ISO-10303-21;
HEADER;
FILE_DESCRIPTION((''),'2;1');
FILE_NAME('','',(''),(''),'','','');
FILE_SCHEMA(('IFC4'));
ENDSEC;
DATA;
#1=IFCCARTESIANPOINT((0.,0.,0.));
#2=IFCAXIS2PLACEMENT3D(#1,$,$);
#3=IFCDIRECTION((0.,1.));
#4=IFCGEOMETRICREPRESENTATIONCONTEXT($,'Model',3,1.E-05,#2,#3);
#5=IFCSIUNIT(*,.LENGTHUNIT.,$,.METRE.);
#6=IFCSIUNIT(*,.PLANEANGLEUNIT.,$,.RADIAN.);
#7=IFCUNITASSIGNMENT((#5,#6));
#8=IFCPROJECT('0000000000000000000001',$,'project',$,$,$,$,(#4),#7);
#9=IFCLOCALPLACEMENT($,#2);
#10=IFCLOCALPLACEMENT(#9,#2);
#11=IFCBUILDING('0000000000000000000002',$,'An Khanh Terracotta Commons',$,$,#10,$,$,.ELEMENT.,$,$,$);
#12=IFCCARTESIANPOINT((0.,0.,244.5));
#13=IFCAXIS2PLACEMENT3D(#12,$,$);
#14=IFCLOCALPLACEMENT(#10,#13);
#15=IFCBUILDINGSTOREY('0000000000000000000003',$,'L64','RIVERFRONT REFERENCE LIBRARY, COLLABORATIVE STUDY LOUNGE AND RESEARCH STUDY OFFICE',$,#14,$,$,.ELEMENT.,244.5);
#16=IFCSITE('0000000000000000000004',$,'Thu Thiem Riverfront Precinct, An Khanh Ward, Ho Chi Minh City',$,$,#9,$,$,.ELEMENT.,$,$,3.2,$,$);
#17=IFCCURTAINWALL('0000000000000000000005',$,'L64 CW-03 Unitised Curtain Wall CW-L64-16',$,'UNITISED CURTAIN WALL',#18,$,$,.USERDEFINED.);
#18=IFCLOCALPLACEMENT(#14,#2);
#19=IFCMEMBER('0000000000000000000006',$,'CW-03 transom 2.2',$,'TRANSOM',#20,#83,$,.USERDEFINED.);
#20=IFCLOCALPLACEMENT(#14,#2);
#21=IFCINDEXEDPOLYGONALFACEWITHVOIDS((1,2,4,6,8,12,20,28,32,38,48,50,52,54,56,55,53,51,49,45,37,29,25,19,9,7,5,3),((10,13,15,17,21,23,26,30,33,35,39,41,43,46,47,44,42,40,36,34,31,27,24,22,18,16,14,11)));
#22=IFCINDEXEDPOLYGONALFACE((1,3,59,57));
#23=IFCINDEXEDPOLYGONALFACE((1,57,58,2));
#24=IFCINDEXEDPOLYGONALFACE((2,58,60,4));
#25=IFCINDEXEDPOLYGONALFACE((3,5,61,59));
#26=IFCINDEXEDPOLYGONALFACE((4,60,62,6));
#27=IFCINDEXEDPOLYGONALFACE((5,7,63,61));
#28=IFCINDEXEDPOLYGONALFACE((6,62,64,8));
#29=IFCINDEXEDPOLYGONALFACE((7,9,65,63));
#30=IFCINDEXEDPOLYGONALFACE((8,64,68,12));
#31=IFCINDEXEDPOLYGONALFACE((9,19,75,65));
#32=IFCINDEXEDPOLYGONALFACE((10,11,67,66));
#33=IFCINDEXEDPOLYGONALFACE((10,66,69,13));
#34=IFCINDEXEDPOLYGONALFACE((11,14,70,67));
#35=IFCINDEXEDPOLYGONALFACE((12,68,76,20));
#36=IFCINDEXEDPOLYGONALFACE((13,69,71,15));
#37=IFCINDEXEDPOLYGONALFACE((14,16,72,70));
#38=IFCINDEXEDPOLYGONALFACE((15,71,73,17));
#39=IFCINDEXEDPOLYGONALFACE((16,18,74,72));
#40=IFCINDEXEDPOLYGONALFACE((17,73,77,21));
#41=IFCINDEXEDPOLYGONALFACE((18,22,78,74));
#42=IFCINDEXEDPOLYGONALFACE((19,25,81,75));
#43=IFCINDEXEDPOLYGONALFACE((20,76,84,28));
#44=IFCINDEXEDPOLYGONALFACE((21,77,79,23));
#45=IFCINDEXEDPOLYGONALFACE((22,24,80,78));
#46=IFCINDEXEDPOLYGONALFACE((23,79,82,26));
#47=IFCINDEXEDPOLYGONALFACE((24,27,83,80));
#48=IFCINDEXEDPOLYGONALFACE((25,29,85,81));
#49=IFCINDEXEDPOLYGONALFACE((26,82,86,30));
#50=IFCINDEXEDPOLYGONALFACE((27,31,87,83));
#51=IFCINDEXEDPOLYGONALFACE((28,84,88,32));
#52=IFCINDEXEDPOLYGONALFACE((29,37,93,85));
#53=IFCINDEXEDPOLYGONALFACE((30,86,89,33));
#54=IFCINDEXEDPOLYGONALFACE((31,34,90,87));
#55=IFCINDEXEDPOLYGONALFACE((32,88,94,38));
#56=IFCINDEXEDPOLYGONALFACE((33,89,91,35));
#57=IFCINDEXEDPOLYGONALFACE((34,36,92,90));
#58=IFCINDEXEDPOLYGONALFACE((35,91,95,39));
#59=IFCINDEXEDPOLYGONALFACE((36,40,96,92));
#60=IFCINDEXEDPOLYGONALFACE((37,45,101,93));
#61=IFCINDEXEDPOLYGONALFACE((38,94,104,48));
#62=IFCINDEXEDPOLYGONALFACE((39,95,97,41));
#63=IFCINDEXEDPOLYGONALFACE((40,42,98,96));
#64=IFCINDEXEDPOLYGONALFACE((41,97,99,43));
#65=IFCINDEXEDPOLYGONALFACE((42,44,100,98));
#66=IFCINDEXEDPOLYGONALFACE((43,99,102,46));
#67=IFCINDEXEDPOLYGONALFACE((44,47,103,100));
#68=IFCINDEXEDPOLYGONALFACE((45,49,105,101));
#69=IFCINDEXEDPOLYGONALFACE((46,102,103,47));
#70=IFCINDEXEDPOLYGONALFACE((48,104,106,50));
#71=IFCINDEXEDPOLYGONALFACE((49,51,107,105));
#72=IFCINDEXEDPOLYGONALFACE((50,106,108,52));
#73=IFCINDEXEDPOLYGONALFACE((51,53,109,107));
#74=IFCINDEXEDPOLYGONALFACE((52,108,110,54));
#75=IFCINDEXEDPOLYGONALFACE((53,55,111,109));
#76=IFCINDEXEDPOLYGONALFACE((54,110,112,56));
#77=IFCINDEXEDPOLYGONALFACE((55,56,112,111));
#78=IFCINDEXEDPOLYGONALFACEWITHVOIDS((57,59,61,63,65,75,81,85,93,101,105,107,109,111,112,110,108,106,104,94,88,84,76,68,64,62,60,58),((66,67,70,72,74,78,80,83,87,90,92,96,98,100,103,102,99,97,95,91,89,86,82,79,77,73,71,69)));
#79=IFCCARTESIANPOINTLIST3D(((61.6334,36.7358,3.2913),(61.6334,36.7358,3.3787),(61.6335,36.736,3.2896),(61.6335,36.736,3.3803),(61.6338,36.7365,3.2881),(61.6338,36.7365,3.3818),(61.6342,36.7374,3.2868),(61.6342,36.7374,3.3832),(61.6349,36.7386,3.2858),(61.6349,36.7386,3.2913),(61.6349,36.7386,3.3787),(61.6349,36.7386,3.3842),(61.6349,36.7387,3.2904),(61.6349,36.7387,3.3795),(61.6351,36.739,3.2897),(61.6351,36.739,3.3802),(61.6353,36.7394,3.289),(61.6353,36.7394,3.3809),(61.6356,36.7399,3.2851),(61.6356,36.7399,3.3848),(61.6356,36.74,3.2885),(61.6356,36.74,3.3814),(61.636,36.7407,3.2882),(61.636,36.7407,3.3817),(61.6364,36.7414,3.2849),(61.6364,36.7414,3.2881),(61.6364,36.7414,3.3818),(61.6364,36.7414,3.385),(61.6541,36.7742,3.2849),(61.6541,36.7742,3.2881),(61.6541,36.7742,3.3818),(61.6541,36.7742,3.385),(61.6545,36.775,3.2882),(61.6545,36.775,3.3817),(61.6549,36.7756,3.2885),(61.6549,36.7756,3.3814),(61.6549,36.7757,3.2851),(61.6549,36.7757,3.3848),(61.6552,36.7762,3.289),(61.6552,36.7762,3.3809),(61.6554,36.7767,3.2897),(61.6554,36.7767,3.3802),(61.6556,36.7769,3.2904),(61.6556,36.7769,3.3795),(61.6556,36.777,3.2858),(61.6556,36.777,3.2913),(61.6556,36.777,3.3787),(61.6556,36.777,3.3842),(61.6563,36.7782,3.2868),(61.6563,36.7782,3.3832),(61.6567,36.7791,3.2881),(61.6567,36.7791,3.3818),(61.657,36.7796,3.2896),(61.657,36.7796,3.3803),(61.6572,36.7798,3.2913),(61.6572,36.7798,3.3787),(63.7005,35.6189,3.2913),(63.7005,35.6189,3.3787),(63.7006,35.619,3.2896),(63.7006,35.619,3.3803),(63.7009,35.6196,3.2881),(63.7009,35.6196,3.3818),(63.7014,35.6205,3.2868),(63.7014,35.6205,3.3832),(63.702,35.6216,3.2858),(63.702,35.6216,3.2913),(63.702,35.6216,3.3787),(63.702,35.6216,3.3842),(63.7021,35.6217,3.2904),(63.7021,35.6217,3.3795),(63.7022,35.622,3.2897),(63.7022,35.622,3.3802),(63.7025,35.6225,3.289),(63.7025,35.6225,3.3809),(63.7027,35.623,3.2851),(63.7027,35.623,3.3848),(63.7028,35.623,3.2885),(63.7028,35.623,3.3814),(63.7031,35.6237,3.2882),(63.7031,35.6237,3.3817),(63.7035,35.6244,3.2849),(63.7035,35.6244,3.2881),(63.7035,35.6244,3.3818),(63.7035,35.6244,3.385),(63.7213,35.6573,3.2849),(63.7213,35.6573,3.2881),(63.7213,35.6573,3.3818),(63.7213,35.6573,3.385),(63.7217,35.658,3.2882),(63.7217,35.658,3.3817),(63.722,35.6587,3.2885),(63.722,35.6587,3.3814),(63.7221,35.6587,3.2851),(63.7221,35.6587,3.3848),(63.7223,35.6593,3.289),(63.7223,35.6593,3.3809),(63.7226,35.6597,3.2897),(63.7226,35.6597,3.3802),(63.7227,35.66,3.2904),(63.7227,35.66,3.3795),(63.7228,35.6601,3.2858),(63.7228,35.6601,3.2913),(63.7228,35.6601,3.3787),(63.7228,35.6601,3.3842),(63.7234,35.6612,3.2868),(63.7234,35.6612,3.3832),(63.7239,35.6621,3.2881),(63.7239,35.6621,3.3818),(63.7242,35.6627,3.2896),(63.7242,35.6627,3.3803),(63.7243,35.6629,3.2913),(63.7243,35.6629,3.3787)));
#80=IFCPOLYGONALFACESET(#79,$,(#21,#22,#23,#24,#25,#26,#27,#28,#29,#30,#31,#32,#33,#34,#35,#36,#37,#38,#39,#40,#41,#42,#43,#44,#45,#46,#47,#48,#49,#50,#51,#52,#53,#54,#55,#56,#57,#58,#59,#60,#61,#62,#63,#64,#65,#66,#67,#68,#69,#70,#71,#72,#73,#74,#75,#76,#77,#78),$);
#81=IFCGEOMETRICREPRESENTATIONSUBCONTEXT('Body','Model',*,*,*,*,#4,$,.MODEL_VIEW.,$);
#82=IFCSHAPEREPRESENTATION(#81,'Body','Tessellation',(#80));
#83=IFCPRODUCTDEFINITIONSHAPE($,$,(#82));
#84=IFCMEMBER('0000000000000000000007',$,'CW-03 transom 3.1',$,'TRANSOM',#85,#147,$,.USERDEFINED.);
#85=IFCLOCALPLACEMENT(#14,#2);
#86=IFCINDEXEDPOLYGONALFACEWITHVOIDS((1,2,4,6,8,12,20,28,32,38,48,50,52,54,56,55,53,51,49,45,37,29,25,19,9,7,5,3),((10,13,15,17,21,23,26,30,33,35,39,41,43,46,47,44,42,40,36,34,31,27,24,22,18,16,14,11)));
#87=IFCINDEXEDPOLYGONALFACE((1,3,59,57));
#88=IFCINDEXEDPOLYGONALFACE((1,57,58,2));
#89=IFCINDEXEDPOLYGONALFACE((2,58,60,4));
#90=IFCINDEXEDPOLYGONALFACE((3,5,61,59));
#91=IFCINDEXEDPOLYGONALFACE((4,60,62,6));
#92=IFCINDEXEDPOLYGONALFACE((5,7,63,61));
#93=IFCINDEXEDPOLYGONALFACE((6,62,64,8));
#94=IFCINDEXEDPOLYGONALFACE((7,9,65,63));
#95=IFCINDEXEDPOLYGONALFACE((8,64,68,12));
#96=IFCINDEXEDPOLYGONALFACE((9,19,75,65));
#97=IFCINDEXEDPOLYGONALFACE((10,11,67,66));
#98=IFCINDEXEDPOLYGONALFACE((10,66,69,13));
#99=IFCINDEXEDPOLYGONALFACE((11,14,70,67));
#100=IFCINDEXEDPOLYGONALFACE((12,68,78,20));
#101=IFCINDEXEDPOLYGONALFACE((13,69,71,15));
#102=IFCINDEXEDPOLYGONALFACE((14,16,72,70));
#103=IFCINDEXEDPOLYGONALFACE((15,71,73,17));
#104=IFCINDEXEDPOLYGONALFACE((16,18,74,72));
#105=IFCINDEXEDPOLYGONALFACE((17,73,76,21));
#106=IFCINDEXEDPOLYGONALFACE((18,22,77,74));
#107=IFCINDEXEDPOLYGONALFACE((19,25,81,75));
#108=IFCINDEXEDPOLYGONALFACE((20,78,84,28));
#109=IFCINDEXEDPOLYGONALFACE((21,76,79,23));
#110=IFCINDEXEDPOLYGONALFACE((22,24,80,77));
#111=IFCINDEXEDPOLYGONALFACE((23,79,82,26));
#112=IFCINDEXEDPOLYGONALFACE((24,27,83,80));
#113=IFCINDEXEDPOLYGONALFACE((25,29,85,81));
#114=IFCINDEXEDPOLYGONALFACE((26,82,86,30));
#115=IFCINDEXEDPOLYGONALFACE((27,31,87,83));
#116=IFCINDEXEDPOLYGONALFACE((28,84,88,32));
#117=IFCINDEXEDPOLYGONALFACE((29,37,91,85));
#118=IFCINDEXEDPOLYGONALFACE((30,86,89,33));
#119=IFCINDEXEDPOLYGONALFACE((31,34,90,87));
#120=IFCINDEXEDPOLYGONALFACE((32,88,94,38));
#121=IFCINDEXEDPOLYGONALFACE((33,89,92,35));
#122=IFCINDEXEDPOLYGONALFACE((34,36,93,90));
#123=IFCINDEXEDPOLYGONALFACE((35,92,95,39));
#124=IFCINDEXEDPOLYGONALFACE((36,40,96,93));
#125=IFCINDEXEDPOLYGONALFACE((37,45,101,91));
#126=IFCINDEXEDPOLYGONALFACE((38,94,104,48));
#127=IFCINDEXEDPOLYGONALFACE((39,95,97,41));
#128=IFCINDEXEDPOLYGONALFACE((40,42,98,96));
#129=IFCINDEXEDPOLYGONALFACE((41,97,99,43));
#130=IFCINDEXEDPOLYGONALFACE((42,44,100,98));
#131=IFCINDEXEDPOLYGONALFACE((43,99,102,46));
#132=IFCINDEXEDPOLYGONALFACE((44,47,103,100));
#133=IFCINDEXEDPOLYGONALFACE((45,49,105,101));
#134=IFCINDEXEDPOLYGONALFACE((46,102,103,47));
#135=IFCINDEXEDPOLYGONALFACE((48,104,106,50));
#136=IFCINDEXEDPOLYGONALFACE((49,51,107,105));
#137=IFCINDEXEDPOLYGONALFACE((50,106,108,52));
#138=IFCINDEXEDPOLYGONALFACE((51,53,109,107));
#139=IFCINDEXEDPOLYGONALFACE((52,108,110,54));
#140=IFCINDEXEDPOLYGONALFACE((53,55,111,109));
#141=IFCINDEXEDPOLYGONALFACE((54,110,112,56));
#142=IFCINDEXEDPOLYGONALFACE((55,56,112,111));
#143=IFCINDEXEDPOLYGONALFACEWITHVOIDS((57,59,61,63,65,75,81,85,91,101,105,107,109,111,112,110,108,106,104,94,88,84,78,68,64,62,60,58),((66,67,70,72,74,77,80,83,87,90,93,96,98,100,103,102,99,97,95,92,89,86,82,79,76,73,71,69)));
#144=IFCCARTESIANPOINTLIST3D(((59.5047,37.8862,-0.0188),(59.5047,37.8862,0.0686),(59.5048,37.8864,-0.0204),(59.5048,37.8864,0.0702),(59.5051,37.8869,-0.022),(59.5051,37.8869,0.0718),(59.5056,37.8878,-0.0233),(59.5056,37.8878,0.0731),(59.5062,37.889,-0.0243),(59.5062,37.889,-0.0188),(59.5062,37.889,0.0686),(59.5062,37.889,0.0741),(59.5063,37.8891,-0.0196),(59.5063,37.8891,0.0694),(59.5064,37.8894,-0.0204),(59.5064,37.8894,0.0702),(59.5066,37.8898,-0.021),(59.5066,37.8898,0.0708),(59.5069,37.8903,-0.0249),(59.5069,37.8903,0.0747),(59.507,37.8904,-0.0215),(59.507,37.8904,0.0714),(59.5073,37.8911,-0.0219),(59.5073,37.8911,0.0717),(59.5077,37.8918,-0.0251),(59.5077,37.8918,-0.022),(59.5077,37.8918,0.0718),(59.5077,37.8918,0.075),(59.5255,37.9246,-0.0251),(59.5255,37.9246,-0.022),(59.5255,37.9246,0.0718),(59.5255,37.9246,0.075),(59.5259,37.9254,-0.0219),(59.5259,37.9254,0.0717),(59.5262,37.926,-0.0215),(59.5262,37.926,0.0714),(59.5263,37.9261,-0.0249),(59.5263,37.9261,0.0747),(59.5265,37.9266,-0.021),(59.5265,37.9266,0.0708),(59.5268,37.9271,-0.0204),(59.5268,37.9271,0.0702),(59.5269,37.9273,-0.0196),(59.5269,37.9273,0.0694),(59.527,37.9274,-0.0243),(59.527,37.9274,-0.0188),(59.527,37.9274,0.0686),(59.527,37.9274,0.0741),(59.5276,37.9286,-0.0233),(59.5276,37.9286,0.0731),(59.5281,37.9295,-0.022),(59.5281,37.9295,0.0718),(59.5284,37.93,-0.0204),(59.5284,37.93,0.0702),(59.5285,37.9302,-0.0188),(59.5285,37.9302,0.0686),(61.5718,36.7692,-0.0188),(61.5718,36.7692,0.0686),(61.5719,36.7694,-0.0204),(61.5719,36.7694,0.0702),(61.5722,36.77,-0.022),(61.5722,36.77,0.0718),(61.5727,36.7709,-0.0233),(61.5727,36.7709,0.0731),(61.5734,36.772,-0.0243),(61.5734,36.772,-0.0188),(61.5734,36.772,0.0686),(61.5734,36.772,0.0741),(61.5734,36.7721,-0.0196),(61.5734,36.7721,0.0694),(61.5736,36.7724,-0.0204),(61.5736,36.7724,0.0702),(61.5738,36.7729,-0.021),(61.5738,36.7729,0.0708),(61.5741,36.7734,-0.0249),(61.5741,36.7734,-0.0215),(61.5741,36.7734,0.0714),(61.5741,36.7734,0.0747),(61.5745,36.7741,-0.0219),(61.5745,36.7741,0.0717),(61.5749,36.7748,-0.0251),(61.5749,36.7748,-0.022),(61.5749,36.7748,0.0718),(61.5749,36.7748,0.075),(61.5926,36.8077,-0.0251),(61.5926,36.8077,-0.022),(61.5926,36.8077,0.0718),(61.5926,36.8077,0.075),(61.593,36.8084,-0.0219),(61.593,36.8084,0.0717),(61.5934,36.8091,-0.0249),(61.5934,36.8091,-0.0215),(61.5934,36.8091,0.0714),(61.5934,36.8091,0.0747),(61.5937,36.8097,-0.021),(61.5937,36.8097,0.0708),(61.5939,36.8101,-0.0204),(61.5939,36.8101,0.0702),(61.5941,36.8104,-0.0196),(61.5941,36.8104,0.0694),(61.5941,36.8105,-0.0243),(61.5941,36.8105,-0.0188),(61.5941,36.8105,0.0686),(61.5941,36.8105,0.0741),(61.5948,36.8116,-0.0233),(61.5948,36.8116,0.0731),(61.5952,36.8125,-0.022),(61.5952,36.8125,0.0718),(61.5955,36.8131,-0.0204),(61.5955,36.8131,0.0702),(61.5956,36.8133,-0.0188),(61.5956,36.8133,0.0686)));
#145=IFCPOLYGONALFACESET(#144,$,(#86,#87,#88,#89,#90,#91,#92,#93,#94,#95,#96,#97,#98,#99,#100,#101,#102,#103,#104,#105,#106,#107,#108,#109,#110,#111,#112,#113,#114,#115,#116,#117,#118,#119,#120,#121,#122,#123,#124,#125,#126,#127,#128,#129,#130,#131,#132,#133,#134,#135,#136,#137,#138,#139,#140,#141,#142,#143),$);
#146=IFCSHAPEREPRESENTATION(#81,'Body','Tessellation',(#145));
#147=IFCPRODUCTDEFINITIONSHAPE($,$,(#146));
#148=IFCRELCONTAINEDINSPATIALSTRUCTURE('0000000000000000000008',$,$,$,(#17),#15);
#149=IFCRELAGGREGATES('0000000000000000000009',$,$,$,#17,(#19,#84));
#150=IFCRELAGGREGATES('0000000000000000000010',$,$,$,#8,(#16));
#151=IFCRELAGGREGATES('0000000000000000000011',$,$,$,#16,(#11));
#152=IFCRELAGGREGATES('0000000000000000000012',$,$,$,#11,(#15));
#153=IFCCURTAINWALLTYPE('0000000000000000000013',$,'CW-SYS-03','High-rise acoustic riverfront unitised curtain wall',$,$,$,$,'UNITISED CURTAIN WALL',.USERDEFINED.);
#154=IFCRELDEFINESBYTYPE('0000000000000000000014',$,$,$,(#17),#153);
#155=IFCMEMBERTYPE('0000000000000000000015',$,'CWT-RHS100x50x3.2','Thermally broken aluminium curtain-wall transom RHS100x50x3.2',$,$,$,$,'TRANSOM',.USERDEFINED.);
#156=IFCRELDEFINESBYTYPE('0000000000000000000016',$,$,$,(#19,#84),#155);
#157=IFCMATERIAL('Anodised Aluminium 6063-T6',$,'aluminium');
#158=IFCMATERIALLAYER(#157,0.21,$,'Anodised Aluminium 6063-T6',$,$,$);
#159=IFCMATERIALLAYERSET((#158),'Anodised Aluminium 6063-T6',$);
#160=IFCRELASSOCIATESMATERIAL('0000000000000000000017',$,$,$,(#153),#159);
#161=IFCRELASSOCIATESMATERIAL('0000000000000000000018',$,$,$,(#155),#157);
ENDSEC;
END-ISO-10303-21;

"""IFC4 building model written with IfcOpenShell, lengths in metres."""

from ifc_helpers import new_model, si_unit, direction, frame, origin, origin_2d, place, context, subcontext, project, spatial, hollow_rectangle, extrude, material, layer, layer_set, material_profile, profile_set, type_object, element, aggregate, save


model = new_model("IFC4")

# Units and contexts
model_context = context("Model", 3, precision=1e-05, world=origin(), true_north=direction((0.0, 1.0)))
body_context = subcontext(model_context, "Body", "Model", "MODEL_VIEW")
ifc_project = project(units=[si_unit("LENGTHUNIT", "METRE"), si_unit("PLANEANGLEUNIT", "RADIAN")], contexts=[model_context])

# Site, building, storey
site_placement = place(None, origin())
site = spatial("IfcSite", under=ifc_project, at=site_placement, Name="Thu Thiem Riverfront Precinct, An Khanh Ward, Ho Chi Minh City", CompositionType="ELEMENT", RefElevation=3.2)
building_placement = place(site_placement, origin())
building = spatial("IfcBuilding", under=site, at=building_placement, Name="An Khanh Terracotta Commons", CompositionType="ELEMENT")
storey_placement = place(building_placement, frame((0.0, 0.0, 244.5)))
storey = spatial("IfcBuildingStorey", under=building, at=storey_placement, Name="L64", Description="RIVERFRONT REFERENCE LIBRARY, COLLABORATIVE STUDY LOUNGE AND RESEARCH STUDY OFFICE", CompositionType="ELEMENT", Elevation=244.5)

# Curtain wall
ifc_material_1 = material(Name="Anodised Aluminium 6063-T6", Category="aluminium")
ifc_layer_1 = layer(ifc_material_1, 0.21, Name="Anodised Aluminium 6063-T6")
ifc_layer_set_1 = layer_set([ifc_layer_1], Name="Anodised Aluminium 6063-T6")
curtain_wall_type = type_object("IfcCurtainWallType", Name="CW-SYS-03", Description="High-rise acoustic riverfront unitised curtain wall", ElementType="UNITISED CURTAIN WALL", PredefinedType="USERDEFINED", material=ifc_layer_set_1)
curtain_wall_1_placement = place(storey_placement, origin())
curtain_wall_1 = element("IfcCurtainWall", 1, at=curtain_wall_1_placement, inside=storey, type_object=curtain_wall_type, Name="L64 CW-03 Unitised Curtain Wall CW-L64-16", ObjectType="UNITISED CURTAIN WALL", PredefinedType="USERDEFINED")

# Members
ifc_material_profile_1 = material_profile(ifc_material_1, hollow_rectangle(XDim=0.05, YDim=0.1001, WallThickness=0.0032, InnerFilletRadius=0.0032, OuterFilletRadius=0.0063, at=origin_2d()), Name="RHS100x50x3.2")
ifc_profile_set_1 = profile_set([ifc_material_profile_1], Name="Anodised Aluminium 6063-T6")
member_type_1 = type_object("IfcMemberType", Name="CWT-RHS100x50x3.2", Description="Thermally broken aluminium curtain-wall transom RHS100x50x3.2", ElementType="TRANSOM", PredefinedType="USERDEFINED", material=ifc_profile_set_1)
member_1_placement = place(storey_placement, frame((63.7124, 35.6409, 3.335), z_axis=(-0.879783, 0.475376, 0.0), x_axis=(-0.475376, -0.879783, 0.0)))
member_1 = element("IfcMember", 2, at=member_1_placement, type_object=member_type_1, Name="CW-03 transom 2.2", ObjectType="TRANSOM", PredefinedType="USERDEFINED", context=body_context, shape_type="SweptSolid", body=[
    extrude(hollow_rectangle(XDim=0.05, YDim=0.1001, WallThickness=0.0032, InnerFilletRadius=0.0032, OuterFilletRadius=0.0063, at=origin_2d()), origin(), (0.0, 0.0, 1.0), 2.3496),
])
member_2_placement = place(storey_placement, frame((61.5837, 36.7913, 0.0249), z_axis=(-0.879783, 0.475376, 0.0), x_axis=(-0.475376, -0.879783, 0.0)))
member_2 = element("IfcMember", 3, at=member_2_placement, type_object=member_type_1, Name="CW-03 transom 3.1", ObjectType="TRANSOM", PredefinedType="USERDEFINED", context=body_context, shape_type="SweptSolid", body=[
    extrude(hollow_rectangle(XDim=0.05, YDim=0.1001, WallThickness=0.0032, InnerFilletRadius=0.0032, OuterFilletRadius=0.0063, at=origin_2d()), origin(), (0.0, 0.0, 1.0), 2.3496),
])

aggregate(curtain_wall_1, [member_1, member_2])

save(model, "model.ifc")
